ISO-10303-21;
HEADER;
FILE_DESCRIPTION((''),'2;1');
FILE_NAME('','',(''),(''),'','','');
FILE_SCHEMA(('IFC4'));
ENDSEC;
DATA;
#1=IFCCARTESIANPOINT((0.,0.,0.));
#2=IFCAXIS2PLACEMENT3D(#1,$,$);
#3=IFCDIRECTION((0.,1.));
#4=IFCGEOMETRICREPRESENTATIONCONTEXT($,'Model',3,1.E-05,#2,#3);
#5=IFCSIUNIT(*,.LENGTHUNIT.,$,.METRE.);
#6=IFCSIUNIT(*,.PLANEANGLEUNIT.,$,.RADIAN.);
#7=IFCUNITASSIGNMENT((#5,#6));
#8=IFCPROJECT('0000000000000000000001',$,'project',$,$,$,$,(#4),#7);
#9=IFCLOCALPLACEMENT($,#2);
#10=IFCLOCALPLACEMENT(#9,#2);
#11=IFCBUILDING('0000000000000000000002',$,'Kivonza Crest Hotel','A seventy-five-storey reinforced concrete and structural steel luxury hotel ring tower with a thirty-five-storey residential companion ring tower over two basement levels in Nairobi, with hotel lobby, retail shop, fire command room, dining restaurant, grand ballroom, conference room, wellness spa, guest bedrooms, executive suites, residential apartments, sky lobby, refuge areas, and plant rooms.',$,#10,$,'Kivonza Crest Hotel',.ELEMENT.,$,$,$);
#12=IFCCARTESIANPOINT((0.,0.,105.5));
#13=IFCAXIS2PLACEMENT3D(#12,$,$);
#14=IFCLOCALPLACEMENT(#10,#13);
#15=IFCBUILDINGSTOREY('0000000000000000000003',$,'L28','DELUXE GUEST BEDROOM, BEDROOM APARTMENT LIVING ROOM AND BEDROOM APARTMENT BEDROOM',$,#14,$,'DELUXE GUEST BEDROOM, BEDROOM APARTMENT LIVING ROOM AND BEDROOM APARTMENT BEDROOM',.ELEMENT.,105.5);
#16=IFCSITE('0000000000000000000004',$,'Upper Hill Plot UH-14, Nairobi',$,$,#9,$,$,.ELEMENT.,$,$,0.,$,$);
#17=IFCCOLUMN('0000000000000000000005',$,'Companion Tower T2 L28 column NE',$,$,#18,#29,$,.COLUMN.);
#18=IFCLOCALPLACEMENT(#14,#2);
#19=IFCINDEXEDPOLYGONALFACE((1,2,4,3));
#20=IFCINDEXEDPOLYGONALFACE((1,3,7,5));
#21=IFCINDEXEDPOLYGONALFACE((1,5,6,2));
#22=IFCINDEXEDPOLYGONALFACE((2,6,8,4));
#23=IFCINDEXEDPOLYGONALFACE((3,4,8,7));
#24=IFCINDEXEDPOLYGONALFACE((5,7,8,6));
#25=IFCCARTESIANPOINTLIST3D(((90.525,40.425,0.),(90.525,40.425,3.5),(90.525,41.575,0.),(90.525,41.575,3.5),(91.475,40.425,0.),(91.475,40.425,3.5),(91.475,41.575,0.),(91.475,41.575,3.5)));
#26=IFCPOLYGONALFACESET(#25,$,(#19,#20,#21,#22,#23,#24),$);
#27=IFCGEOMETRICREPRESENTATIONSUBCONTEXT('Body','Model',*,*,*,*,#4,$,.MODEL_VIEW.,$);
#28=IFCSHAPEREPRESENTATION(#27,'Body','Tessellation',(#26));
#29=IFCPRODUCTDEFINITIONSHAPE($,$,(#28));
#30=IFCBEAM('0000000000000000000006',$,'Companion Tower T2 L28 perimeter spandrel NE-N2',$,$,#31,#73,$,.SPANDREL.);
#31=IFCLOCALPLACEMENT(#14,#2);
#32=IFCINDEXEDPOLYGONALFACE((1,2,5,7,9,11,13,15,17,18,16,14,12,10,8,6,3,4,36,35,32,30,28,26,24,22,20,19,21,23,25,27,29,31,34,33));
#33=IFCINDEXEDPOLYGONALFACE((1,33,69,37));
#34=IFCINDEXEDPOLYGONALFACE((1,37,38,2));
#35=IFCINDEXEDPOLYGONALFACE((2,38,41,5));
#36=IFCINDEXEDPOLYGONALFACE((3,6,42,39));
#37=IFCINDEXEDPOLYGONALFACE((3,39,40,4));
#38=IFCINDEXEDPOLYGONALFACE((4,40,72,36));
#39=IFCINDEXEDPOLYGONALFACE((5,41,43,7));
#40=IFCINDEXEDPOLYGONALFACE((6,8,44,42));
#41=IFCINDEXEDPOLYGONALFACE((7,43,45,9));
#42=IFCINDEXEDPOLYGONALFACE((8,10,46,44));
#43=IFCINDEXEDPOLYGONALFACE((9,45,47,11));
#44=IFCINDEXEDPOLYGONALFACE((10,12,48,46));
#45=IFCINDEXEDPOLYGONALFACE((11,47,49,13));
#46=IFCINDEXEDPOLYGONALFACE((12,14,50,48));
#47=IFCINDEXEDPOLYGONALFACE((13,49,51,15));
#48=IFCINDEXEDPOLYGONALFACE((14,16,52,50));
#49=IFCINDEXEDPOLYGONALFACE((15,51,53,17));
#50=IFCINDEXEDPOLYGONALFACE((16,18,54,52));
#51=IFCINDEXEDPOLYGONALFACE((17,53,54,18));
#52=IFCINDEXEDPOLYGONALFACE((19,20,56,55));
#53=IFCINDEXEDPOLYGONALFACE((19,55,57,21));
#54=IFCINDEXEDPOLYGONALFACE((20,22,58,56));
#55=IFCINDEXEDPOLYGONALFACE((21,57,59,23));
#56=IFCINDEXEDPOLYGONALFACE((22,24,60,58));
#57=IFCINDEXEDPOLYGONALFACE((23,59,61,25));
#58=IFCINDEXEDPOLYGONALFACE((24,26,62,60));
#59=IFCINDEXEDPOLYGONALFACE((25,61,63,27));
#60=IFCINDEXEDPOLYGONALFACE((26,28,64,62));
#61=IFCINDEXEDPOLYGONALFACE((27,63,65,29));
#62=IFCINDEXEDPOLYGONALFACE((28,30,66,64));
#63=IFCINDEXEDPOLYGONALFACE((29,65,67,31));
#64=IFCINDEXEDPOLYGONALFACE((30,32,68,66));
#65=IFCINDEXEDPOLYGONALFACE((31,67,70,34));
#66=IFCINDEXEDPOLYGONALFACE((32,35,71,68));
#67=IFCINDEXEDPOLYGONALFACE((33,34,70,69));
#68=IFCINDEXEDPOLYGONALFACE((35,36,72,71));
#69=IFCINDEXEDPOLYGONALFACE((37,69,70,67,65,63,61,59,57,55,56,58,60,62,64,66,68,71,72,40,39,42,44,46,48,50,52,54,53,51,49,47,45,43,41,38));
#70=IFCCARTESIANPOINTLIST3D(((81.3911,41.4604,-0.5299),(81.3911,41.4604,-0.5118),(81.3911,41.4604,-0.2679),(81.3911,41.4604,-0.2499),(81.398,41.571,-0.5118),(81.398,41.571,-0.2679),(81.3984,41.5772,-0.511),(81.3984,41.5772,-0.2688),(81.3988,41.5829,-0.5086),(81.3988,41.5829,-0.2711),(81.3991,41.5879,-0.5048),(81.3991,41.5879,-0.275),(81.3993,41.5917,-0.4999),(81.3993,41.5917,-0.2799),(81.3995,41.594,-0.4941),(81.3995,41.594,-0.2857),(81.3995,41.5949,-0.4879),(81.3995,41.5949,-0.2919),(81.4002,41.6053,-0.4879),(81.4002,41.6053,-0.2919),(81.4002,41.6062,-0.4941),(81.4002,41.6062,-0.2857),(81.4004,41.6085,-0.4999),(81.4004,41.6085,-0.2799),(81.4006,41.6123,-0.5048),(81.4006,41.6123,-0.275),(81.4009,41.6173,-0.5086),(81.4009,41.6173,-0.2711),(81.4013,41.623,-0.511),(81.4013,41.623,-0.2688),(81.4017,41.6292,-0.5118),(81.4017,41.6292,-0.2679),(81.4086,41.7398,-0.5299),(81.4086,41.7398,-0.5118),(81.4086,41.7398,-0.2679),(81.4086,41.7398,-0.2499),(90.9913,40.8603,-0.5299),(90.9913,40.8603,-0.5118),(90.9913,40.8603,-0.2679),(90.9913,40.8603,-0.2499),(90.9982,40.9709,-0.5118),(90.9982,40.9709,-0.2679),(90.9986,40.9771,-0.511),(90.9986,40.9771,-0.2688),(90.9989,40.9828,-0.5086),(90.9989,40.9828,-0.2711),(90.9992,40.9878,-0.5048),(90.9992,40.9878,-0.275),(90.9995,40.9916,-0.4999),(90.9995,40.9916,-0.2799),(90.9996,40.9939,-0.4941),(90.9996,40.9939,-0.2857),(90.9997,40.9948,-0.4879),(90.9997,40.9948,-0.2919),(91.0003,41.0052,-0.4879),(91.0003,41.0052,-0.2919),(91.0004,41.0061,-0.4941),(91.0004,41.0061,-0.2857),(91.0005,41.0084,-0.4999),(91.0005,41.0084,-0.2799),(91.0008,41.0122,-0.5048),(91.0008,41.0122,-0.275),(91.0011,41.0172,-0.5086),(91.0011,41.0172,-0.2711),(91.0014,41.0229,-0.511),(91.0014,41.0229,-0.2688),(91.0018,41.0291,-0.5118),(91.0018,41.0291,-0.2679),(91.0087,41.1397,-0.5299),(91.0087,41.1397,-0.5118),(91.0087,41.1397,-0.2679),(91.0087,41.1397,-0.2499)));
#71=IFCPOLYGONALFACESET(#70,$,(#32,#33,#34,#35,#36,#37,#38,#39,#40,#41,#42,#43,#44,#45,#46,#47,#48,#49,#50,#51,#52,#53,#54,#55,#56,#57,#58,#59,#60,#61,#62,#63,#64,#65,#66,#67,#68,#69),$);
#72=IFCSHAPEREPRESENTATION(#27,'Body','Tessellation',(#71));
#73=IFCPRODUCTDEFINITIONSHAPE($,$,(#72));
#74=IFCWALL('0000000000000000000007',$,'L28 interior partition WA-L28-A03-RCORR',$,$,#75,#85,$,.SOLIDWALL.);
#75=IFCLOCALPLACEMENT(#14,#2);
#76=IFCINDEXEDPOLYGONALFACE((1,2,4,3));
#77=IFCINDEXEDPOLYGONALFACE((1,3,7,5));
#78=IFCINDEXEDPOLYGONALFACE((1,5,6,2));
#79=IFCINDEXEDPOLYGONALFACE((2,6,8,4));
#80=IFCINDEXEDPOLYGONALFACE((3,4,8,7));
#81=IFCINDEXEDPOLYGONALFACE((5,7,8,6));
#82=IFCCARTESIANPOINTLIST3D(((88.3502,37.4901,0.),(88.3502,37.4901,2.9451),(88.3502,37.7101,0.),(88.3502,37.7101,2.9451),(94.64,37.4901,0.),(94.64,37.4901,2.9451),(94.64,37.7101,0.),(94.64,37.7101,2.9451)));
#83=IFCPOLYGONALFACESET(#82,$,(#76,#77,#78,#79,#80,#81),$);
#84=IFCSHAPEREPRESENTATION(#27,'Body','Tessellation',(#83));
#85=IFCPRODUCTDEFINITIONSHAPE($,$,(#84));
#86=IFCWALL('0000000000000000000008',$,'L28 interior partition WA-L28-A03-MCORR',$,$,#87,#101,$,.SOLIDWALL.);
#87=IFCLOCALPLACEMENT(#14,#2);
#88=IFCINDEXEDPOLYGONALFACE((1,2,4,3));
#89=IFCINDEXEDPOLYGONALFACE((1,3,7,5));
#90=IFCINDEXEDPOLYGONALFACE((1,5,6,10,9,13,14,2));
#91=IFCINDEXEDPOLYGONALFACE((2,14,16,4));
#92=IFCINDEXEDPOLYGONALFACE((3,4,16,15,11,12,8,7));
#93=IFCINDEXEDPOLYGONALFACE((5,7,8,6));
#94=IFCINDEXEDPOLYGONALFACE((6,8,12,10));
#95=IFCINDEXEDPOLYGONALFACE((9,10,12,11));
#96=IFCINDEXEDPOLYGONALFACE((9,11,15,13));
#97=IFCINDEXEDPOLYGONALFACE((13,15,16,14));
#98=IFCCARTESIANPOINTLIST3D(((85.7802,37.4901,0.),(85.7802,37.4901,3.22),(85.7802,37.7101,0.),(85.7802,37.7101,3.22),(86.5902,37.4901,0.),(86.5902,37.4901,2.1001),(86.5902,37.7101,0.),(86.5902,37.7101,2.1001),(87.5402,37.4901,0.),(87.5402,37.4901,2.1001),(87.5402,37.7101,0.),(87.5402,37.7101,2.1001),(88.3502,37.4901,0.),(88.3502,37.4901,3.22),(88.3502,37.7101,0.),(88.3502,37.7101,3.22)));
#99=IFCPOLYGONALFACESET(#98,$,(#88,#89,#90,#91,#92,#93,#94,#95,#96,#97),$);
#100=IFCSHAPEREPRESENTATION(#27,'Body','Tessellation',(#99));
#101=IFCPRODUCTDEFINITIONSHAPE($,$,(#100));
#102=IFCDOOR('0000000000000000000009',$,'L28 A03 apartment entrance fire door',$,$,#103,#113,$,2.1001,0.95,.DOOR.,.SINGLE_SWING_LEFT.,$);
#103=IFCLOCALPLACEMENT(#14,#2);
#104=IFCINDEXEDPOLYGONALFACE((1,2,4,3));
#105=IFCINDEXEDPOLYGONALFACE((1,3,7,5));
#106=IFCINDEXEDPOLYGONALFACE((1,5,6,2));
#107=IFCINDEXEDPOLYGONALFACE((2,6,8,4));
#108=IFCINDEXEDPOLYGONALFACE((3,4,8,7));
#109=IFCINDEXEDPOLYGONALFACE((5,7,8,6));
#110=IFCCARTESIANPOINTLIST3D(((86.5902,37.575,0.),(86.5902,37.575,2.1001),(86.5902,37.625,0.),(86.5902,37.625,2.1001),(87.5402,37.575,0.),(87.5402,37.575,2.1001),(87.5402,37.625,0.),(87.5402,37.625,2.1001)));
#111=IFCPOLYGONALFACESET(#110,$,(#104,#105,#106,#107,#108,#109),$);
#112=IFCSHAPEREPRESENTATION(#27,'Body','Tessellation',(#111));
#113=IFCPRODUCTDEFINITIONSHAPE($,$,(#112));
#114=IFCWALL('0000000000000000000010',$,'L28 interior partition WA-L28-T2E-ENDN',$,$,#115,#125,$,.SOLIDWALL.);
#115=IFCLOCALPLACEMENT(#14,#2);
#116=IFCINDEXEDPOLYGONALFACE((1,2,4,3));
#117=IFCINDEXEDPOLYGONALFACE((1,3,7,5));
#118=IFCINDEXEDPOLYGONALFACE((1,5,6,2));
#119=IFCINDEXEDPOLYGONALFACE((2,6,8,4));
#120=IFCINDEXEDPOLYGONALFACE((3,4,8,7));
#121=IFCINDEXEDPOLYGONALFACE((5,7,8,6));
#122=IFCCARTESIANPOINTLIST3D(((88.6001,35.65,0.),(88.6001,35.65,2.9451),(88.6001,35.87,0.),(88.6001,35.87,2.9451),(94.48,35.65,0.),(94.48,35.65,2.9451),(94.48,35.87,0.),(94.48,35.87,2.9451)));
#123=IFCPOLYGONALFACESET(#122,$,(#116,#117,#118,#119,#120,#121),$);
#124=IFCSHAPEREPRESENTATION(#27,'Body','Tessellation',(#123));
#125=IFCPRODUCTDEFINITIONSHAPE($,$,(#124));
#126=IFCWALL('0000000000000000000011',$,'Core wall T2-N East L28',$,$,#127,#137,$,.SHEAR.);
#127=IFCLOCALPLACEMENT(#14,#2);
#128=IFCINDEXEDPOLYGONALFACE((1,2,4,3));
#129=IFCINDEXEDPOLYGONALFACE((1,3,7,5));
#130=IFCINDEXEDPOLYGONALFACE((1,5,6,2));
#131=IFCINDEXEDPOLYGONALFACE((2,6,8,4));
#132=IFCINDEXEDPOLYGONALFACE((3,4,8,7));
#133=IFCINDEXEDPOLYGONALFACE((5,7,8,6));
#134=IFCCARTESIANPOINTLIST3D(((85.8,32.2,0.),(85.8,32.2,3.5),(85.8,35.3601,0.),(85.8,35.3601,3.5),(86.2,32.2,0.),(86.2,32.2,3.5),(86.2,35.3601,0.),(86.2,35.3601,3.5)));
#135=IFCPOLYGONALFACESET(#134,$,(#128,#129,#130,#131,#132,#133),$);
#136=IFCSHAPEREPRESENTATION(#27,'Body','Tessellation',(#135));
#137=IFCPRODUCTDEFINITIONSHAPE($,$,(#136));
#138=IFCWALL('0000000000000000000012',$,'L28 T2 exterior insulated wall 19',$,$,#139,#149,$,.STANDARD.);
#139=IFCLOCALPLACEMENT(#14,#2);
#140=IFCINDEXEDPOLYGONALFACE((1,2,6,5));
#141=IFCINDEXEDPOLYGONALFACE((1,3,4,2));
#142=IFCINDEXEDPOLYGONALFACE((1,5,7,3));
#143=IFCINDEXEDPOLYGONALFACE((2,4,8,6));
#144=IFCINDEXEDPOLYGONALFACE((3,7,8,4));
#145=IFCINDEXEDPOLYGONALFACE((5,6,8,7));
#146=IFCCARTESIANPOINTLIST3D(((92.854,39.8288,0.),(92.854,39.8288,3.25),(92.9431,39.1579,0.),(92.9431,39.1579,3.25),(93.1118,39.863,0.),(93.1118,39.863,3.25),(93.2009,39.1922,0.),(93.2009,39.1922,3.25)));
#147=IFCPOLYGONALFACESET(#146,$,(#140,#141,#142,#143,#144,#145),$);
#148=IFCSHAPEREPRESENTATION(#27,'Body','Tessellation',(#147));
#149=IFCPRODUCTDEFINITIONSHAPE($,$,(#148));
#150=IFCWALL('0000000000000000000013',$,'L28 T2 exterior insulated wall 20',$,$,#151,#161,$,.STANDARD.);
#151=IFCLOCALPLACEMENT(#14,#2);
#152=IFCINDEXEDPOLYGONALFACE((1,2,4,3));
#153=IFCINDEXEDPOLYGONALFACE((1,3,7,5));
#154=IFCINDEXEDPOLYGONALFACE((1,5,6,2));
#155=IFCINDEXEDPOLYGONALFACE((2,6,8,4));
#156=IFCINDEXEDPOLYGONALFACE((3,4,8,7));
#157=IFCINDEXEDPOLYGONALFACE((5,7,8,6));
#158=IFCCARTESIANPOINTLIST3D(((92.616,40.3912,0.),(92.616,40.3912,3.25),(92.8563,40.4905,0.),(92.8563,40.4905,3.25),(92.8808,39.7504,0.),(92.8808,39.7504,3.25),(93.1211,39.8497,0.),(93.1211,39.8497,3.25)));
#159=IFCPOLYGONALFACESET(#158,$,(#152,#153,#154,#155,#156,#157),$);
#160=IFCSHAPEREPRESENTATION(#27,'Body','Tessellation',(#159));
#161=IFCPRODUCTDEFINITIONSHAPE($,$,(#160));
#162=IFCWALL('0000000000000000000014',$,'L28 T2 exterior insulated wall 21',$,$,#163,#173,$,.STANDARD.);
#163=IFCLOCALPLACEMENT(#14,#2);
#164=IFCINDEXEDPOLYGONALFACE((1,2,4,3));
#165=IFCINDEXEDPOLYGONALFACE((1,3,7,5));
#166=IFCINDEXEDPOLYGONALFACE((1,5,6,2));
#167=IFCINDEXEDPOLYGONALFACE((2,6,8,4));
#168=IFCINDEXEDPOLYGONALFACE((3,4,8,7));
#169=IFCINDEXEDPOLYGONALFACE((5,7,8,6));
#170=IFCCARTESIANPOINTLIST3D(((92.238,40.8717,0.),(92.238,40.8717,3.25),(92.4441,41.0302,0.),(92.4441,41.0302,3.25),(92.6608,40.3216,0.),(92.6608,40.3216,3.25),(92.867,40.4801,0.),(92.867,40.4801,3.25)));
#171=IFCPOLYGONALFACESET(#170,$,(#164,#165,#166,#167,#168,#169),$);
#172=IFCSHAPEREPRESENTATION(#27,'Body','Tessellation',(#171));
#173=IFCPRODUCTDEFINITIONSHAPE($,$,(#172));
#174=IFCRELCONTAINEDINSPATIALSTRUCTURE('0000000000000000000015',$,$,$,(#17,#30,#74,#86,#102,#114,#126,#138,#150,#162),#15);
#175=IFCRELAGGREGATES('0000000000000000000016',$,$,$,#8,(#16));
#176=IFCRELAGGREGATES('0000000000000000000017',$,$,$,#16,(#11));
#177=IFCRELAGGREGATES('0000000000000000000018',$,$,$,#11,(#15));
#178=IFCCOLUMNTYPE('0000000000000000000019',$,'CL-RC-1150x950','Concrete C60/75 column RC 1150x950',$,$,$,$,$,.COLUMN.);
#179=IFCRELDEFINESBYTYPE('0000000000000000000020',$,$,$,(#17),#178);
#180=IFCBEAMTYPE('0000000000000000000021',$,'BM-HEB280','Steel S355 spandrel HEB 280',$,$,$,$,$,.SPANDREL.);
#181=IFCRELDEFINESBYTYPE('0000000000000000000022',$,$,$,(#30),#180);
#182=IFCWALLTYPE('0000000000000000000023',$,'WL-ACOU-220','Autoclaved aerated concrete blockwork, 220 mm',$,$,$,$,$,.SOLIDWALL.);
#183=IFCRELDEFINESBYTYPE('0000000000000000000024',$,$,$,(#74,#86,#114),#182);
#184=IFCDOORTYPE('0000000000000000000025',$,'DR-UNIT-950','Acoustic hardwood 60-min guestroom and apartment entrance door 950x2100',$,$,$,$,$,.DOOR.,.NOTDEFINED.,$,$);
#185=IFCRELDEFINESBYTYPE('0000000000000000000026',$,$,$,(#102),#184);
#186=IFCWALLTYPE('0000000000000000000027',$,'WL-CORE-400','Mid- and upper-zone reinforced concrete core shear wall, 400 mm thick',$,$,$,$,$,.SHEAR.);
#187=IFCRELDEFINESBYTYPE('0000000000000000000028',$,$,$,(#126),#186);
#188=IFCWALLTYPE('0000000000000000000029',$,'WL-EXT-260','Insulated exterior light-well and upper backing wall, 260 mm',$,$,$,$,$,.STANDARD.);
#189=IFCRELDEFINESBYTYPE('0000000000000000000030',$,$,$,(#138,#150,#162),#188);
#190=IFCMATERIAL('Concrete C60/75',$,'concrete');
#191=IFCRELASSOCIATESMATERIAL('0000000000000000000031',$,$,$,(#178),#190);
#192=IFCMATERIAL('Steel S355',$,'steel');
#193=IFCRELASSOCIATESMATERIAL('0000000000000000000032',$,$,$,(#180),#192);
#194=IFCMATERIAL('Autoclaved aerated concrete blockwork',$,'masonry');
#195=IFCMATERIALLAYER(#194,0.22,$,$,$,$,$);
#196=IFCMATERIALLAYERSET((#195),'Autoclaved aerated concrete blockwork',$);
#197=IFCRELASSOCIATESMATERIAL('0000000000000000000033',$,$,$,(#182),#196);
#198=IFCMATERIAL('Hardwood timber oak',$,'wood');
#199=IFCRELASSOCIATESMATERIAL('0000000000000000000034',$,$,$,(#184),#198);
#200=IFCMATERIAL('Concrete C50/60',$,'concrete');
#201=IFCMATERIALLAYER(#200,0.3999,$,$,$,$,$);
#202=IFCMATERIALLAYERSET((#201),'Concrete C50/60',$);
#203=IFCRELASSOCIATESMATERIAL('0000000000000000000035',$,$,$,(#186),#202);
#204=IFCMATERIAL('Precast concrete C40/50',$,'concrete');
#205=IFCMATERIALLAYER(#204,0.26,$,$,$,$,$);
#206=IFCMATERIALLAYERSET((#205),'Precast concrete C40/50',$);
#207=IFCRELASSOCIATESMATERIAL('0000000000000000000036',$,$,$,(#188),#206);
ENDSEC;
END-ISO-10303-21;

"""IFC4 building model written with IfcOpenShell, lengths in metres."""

from ifc_helpers import new_model, si_unit, direction, frame, frame_2d, origin, origin_2d, place, context, subcontext, project, spatial, rectangle, i_section, extrude, material, layer, layer_set, material_profile, profile_set, type_object, element, fill, save


model = new_model("IFC4")

# Units and contexts
model_context = context("Model", 3, precision=1e-05, world=origin(), true_north=direction((0.0, 1.0)))
body_context = subcontext(model_context, "Body", "Model", "MODEL_VIEW")
ifc_project = project(units=[si_unit("LENGTHUNIT", "METRE"), si_unit("PLANEANGLEUNIT", "RADIAN")], contexts=[model_context])

# Site, building, storey
site_placement = place(None, origin())
site = spatial("IfcSite", under=ifc_project, at=site_placement, Name="Upper Hill Plot UH-14, Nairobi", CompositionType="ELEMENT", RefElevation=0.0)
building_placement = place(site_placement, origin())
building = spatial("IfcBuilding", under=site, at=building_placement, Name="Kivonza Crest Hotel", Description="A seventy-five-storey reinforced concrete and structural steel luxury hotel ring tower with a thirty-five-storey residential companion ring tower over two basement levels in Nairobi, with hotel lobby, retail shop, fire command room, dining restaurant, grand ballroom, conference room, wellness spa, guest bedrooms, executive suites, residential apartments, sky lobby, refuge areas, and plant rooms.", LongName="Kivonza Crest Hotel", CompositionType="ELEMENT")
storey_placement = place(building_placement, frame((0.0, 0.0, 105.5)))
storey = spatial("IfcBuildingStorey", under=building, at=storey_placement, Name="L28", Description="DELUXE GUEST BEDROOM, BEDROOM APARTMENT LIVING ROOM AND BEDROOM APARTMENT BEDROOM", LongName="DELUXE GUEST BEDROOM, BEDROOM APARTMENT LIVING ROOM AND BEDROOM APARTMENT BEDROOM", CompositionType="ELEMENT", Elevation=105.5)

# Column
ifc_material_1 = material(Name="Concrete C60/75", Category="concrete")
ifc_material_profile_1 = material_profile(ifc_material_1, rectangle(XDim=0.95, YDim=1.1499, at=origin_2d()), Name="RC 1150x950")
ifc_profile_set_1 = profile_set([ifc_material_profile_1], Name="Concrete C60/75")
column_type = type_object("IfcColumnType", Name="CL-RC-1150x950", Description="Concrete C60/75 column RC 1150x950", PredefinedType="COLUMN", material=ifc_profile_set_1)
column_placement = place(storey_placement, frame((91.0, 41.0, 0.0), z_axis=(0.0, 0.0, 1.0), x_axis=(1.0, 0.0, 0.0)))
element("IfcColumn", 1, at=column_placement, inside=storey, type_object=column_type, Name="Companion Tower T2 L28 column NE", PredefinedType="COLUMN", context=body_context, shape_type="SweptSolid", body=[
    extrude(rectangle(XDim=0.95, YDim=1.1499, at=origin_2d()), origin(), (0.0, 0.0, 1.0), 3.5),
])

# Beam
ifc_material_2 = material(Name="Steel S355", Category="steel")
ifc_material_profile_2 = material_profile(ifc_material_2, i_section(OverallWidth=0.28, OverallDepth=0.28, WebThickness=0.0105, FlangeThickness=0.0181, FilletRadius=0.0239, at=origin_2d()), Name="HEB 280")
ifc_profile_set_2 = profile_set([ifc_material_profile_2], Name="Steel S355")
beam_type = type_object("IfcBeamType", Name="BM-HEB280", Description="Steel S355 spandrel HEB 280", PredefinedType="SPANDREL", material=ifc_profile_set_2)
beam_placement = place(storey_placement, frame((91.0, 41.0, -0.3899), z_axis=(-0.998052, 0.062388, 0.0), x_axis=(-0.062388, -0.998052, 0.0)))
element("IfcBeam", 2, at=beam_placement, inside=storey, type_object=beam_type, Name="Companion Tower T2 L28 perimeter spandrel NE-N2", PredefinedType="SPANDREL", context=body_context, shape_type="SweptSolid", body=[
    extrude(i_section(OverallWidth=0.28, OverallDepth=0.28, WebThickness=0.0105, FlangeThickness=0.0181, FilletRadius=0.0239, at=origin_2d()), origin(), (0.0, 0.0, 1.0), 9.6189),
])

# Wall
ifc_material_3 = material(Name="Autoclaved aerated concrete blockwork", Category="masonry")
ifc_layer_1 = layer(ifc_material_3, 0.22)
ifc_layer_set_1 = layer_set([ifc_layer_1], Name="Autoclaved aerated concrete blockwork")
wall_type_1 = type_object("IfcWallType", Name="WL-ACOU-220", Description="Autoclaved aerated concrete blockwork, 220 mm", PredefinedType="SOLIDWALL", material=ifc_layer_set_1)
wall_1_placement = place(storey_placement, frame((88.3501, 37.6001, 0.0), z_axis=(0.0, 0.0, 1.0), x_axis=(1.0, 0.0, 0.0)))
element("IfcWall", 3, at=wall_1_placement, inside=storey, type_object=wall_type_1, Name="L28 interior partition WA-L28-A03-RCORR", PredefinedType="SOLIDWALL", context=body_context, shape_type="SweptSolid", body=[
    extrude(rectangle(XDim=6.2898, YDim=0.22, at=frame_2d((3.145, 0.0))), origin(), (0.0, 0.0, 1.0), 2.9451),
])

# Wall, opening, door
wall_2_placement = place(storey_placement, frame((85.78, 37.6001, 0.0), z_axis=(0.0, 0.0, 1.0), x_axis=(1.0, 0.0, 0.0)))
wall_2 = element("IfcWall", 4, at=wall_2_placement, inside=storey, type_object=wall_type_1, Name="L28 interior partition WA-L28-A03-MCORR", PredefinedType="SOLIDWALL", context=body_context, shape_type="SweptSolid", body=[
    extrude(rectangle(XDim=2.5701, YDim=0.22, at=frame_2d((1.2852, 0.0))), origin(), (0.0, 0.0, 1.0), 3.22),
])
opening_1_placement = place(wall_2_placement, frame((0.8101, 0.0, 0.0)))
opening_1 = element("IfcOpeningElement", 5, at=opening_1_placement, cuts=wall_2, PredefinedType="OPENING", context=body_context, shape_type="SweptSolid", body=[
    extrude(rectangle(XDim=0.95, YDim=2.1001, at=frame_2d((0.4751, 1.05))), frame((0.0, 0.1201, 0.0), z_axis=(0.0, -1.0, 0.0), x_axis=(1.0, 0.0, 0.0)), (0.0, 0.0, 1.0), 0.24),
])
ifc_material_4 = material(Name="Hardwood timber oak", Category="wood")
door_type_1 = type_object("IfcDoorType", Name="DR-UNIT-950", Description="Acoustic hardwood 60-min guestroom and apartment entrance door 950x2100", OperationType="NOTDEFINED", PredefinedType="DOOR", material=ifc_material_4)
door_1_placement = place(opening_1_placement, origin())
door_1 = element("IfcDoor", 6, at=door_1_placement, inside=storey, type_object=door_type_1, Name="L28 A03 apartment entrance fire door", OperationType="SINGLE_SWING_LEFT", OverallHeight=2.1001, OverallWidth=0.95, PredefinedType="DOOR", context=body_context, shape_type="SweptSolid", body=[
    extrude(rectangle(XDim=0.95, YDim=2.1001, at=frame_2d((0.4751, 1.05))), frame((0.0, 0.0249, 0.0), z_axis=(0.0, -1.0, 0.0), x_axis=(1.0, 0.0, 0.0)), (0.0, 0.0, 1.0), 0.05),
])
fill(opening_1, door_1)

# Walls
wall_3_placement = place(storey_placement, frame((88.6001, 35.76, 0.0), z_axis=(0.0, 0.0, 1.0), x_axis=(1.0, 0.0, 0.0)))
element("IfcWall", 7, at=wall_3_placement, inside=storey, type_object=wall_type_1, Name="L28 interior partition WA-L28-T2E-ENDN", PredefinedType="SOLIDWALL", context=body_context, shape_type="SweptSolid", body=[
    extrude(rectangle(XDim=5.8799, YDim=0.22, at=frame_2d((2.9399, 0.0))), origin(), (0.0, 0.0, 1.0), 2.9451),
])
ifc_material_5 = material(Name="Concrete C50/60", Category="concrete")
ifc_layer_2 = layer(ifc_material_5, 0.3999)
ifc_layer_set_2 = layer_set([ifc_layer_2], Name="Concrete C50/60")
wall_type_2 = type_object("IfcWallType", Name="WL-CORE-400", Description="Mid- and upper-zone reinforced concrete core shear wall, 400 mm thick", PredefinedType="SHEAR", material=ifc_layer_set_2)
wall_4_placement = place(storey_placement, frame((86.0, 32.2, 0.0), z_axis=(0.0, 0.0, 1.0), x_axis=(0.0, 1.0, 0.0)))
element("IfcWall", 8, at=wall_4_placement, inside=storey, type_object=wall_type_2, Name="Core wall T2-N East L28", PredefinedType="SHEAR", context=body_context, shape_type="SweptSolid", body=[
    extrude(rectangle(XDim=3.1602, YDim=0.3999, at=frame_2d((1.5801, 0.0))), origin(), (0.0, 0.0, 1.0), 3.5),
])
ifc_material_6 = material(Name="Precast concrete C40/50", Category="concrete")
ifc_layer_3 = layer(ifc_material_6, 0.26)
ifc_layer_set_3 = layer_set([ifc_layer_3], Name="Precast concrete C40/50")
wall_type_3 = type_object("IfcWallType", Name="WL-EXT-260", Description="Insulated exterior light-well and upper backing wall, 260 mm", PredefinedType="STANDARD", material=ifc_layer_set_3)
wall_5_placement = place(storey_placement, frame((93.072, 39.175, 0.0), z_axis=(0.0, 0.0, 1.0), x_axis=(-0.131667, 0.991294, 0.0)))
element("IfcWall", 9, at=wall_5_placement, inside=storey, type_object=wall_type_3, Name="L28 T2 exterior insulated wall 19", PredefinedType="STANDARD", context=body_context, shape_type="SweptSolid", body=[
    extrude(rectangle(XDim=0.6768, YDim=0.26, at=frame_2d((0.3384, 0.0))), origin(), (0.0, 0.0, 1.0), 3.25),
])
wall_6_placement = place(storey_placement, frame((93.001, 39.8, 0.0), z_axis=(0.0, 0.0, 1.0), x_axis=(-0.381989, 0.924167, 0.0)))
element("IfcWall", 10, at=wall_6_placement, inside=storey, type_object=wall_type_3, Name="L28 T2 exterior insulated wall 20", PredefinedType="STANDARD", context=body_context, shape_type="SweptSolid", body=[
    extrude(rectangle(XDim=0.6934, YDim=0.26, at=frame_2d((0.3467, 0.0))), origin(), (0.0, 0.0, 1.0), 3.25),
])
wall_7_placement = place(storey_placement, frame((92.7639, 40.4009, 0.0), z_axis=(0.0, 0.0, 1.0), x_axis=(-0.609473, 0.792807, 0.0)))
element("IfcWall", 11, at=wall_7_placement, inside=storey, type_object=wall_type_3, Name="L28 T2 exterior insulated wall 21", PredefinedType="STANDARD", context=body_context, shape_type="SweptSolid", body=[
    extrude(rectangle(XDim=0.6938, YDim=0.26, at=frame_2d((0.3469, 0.0))), origin(), (0.0, 0.0, 1.0), 3.25),
])

save(model, "model.ifc")
